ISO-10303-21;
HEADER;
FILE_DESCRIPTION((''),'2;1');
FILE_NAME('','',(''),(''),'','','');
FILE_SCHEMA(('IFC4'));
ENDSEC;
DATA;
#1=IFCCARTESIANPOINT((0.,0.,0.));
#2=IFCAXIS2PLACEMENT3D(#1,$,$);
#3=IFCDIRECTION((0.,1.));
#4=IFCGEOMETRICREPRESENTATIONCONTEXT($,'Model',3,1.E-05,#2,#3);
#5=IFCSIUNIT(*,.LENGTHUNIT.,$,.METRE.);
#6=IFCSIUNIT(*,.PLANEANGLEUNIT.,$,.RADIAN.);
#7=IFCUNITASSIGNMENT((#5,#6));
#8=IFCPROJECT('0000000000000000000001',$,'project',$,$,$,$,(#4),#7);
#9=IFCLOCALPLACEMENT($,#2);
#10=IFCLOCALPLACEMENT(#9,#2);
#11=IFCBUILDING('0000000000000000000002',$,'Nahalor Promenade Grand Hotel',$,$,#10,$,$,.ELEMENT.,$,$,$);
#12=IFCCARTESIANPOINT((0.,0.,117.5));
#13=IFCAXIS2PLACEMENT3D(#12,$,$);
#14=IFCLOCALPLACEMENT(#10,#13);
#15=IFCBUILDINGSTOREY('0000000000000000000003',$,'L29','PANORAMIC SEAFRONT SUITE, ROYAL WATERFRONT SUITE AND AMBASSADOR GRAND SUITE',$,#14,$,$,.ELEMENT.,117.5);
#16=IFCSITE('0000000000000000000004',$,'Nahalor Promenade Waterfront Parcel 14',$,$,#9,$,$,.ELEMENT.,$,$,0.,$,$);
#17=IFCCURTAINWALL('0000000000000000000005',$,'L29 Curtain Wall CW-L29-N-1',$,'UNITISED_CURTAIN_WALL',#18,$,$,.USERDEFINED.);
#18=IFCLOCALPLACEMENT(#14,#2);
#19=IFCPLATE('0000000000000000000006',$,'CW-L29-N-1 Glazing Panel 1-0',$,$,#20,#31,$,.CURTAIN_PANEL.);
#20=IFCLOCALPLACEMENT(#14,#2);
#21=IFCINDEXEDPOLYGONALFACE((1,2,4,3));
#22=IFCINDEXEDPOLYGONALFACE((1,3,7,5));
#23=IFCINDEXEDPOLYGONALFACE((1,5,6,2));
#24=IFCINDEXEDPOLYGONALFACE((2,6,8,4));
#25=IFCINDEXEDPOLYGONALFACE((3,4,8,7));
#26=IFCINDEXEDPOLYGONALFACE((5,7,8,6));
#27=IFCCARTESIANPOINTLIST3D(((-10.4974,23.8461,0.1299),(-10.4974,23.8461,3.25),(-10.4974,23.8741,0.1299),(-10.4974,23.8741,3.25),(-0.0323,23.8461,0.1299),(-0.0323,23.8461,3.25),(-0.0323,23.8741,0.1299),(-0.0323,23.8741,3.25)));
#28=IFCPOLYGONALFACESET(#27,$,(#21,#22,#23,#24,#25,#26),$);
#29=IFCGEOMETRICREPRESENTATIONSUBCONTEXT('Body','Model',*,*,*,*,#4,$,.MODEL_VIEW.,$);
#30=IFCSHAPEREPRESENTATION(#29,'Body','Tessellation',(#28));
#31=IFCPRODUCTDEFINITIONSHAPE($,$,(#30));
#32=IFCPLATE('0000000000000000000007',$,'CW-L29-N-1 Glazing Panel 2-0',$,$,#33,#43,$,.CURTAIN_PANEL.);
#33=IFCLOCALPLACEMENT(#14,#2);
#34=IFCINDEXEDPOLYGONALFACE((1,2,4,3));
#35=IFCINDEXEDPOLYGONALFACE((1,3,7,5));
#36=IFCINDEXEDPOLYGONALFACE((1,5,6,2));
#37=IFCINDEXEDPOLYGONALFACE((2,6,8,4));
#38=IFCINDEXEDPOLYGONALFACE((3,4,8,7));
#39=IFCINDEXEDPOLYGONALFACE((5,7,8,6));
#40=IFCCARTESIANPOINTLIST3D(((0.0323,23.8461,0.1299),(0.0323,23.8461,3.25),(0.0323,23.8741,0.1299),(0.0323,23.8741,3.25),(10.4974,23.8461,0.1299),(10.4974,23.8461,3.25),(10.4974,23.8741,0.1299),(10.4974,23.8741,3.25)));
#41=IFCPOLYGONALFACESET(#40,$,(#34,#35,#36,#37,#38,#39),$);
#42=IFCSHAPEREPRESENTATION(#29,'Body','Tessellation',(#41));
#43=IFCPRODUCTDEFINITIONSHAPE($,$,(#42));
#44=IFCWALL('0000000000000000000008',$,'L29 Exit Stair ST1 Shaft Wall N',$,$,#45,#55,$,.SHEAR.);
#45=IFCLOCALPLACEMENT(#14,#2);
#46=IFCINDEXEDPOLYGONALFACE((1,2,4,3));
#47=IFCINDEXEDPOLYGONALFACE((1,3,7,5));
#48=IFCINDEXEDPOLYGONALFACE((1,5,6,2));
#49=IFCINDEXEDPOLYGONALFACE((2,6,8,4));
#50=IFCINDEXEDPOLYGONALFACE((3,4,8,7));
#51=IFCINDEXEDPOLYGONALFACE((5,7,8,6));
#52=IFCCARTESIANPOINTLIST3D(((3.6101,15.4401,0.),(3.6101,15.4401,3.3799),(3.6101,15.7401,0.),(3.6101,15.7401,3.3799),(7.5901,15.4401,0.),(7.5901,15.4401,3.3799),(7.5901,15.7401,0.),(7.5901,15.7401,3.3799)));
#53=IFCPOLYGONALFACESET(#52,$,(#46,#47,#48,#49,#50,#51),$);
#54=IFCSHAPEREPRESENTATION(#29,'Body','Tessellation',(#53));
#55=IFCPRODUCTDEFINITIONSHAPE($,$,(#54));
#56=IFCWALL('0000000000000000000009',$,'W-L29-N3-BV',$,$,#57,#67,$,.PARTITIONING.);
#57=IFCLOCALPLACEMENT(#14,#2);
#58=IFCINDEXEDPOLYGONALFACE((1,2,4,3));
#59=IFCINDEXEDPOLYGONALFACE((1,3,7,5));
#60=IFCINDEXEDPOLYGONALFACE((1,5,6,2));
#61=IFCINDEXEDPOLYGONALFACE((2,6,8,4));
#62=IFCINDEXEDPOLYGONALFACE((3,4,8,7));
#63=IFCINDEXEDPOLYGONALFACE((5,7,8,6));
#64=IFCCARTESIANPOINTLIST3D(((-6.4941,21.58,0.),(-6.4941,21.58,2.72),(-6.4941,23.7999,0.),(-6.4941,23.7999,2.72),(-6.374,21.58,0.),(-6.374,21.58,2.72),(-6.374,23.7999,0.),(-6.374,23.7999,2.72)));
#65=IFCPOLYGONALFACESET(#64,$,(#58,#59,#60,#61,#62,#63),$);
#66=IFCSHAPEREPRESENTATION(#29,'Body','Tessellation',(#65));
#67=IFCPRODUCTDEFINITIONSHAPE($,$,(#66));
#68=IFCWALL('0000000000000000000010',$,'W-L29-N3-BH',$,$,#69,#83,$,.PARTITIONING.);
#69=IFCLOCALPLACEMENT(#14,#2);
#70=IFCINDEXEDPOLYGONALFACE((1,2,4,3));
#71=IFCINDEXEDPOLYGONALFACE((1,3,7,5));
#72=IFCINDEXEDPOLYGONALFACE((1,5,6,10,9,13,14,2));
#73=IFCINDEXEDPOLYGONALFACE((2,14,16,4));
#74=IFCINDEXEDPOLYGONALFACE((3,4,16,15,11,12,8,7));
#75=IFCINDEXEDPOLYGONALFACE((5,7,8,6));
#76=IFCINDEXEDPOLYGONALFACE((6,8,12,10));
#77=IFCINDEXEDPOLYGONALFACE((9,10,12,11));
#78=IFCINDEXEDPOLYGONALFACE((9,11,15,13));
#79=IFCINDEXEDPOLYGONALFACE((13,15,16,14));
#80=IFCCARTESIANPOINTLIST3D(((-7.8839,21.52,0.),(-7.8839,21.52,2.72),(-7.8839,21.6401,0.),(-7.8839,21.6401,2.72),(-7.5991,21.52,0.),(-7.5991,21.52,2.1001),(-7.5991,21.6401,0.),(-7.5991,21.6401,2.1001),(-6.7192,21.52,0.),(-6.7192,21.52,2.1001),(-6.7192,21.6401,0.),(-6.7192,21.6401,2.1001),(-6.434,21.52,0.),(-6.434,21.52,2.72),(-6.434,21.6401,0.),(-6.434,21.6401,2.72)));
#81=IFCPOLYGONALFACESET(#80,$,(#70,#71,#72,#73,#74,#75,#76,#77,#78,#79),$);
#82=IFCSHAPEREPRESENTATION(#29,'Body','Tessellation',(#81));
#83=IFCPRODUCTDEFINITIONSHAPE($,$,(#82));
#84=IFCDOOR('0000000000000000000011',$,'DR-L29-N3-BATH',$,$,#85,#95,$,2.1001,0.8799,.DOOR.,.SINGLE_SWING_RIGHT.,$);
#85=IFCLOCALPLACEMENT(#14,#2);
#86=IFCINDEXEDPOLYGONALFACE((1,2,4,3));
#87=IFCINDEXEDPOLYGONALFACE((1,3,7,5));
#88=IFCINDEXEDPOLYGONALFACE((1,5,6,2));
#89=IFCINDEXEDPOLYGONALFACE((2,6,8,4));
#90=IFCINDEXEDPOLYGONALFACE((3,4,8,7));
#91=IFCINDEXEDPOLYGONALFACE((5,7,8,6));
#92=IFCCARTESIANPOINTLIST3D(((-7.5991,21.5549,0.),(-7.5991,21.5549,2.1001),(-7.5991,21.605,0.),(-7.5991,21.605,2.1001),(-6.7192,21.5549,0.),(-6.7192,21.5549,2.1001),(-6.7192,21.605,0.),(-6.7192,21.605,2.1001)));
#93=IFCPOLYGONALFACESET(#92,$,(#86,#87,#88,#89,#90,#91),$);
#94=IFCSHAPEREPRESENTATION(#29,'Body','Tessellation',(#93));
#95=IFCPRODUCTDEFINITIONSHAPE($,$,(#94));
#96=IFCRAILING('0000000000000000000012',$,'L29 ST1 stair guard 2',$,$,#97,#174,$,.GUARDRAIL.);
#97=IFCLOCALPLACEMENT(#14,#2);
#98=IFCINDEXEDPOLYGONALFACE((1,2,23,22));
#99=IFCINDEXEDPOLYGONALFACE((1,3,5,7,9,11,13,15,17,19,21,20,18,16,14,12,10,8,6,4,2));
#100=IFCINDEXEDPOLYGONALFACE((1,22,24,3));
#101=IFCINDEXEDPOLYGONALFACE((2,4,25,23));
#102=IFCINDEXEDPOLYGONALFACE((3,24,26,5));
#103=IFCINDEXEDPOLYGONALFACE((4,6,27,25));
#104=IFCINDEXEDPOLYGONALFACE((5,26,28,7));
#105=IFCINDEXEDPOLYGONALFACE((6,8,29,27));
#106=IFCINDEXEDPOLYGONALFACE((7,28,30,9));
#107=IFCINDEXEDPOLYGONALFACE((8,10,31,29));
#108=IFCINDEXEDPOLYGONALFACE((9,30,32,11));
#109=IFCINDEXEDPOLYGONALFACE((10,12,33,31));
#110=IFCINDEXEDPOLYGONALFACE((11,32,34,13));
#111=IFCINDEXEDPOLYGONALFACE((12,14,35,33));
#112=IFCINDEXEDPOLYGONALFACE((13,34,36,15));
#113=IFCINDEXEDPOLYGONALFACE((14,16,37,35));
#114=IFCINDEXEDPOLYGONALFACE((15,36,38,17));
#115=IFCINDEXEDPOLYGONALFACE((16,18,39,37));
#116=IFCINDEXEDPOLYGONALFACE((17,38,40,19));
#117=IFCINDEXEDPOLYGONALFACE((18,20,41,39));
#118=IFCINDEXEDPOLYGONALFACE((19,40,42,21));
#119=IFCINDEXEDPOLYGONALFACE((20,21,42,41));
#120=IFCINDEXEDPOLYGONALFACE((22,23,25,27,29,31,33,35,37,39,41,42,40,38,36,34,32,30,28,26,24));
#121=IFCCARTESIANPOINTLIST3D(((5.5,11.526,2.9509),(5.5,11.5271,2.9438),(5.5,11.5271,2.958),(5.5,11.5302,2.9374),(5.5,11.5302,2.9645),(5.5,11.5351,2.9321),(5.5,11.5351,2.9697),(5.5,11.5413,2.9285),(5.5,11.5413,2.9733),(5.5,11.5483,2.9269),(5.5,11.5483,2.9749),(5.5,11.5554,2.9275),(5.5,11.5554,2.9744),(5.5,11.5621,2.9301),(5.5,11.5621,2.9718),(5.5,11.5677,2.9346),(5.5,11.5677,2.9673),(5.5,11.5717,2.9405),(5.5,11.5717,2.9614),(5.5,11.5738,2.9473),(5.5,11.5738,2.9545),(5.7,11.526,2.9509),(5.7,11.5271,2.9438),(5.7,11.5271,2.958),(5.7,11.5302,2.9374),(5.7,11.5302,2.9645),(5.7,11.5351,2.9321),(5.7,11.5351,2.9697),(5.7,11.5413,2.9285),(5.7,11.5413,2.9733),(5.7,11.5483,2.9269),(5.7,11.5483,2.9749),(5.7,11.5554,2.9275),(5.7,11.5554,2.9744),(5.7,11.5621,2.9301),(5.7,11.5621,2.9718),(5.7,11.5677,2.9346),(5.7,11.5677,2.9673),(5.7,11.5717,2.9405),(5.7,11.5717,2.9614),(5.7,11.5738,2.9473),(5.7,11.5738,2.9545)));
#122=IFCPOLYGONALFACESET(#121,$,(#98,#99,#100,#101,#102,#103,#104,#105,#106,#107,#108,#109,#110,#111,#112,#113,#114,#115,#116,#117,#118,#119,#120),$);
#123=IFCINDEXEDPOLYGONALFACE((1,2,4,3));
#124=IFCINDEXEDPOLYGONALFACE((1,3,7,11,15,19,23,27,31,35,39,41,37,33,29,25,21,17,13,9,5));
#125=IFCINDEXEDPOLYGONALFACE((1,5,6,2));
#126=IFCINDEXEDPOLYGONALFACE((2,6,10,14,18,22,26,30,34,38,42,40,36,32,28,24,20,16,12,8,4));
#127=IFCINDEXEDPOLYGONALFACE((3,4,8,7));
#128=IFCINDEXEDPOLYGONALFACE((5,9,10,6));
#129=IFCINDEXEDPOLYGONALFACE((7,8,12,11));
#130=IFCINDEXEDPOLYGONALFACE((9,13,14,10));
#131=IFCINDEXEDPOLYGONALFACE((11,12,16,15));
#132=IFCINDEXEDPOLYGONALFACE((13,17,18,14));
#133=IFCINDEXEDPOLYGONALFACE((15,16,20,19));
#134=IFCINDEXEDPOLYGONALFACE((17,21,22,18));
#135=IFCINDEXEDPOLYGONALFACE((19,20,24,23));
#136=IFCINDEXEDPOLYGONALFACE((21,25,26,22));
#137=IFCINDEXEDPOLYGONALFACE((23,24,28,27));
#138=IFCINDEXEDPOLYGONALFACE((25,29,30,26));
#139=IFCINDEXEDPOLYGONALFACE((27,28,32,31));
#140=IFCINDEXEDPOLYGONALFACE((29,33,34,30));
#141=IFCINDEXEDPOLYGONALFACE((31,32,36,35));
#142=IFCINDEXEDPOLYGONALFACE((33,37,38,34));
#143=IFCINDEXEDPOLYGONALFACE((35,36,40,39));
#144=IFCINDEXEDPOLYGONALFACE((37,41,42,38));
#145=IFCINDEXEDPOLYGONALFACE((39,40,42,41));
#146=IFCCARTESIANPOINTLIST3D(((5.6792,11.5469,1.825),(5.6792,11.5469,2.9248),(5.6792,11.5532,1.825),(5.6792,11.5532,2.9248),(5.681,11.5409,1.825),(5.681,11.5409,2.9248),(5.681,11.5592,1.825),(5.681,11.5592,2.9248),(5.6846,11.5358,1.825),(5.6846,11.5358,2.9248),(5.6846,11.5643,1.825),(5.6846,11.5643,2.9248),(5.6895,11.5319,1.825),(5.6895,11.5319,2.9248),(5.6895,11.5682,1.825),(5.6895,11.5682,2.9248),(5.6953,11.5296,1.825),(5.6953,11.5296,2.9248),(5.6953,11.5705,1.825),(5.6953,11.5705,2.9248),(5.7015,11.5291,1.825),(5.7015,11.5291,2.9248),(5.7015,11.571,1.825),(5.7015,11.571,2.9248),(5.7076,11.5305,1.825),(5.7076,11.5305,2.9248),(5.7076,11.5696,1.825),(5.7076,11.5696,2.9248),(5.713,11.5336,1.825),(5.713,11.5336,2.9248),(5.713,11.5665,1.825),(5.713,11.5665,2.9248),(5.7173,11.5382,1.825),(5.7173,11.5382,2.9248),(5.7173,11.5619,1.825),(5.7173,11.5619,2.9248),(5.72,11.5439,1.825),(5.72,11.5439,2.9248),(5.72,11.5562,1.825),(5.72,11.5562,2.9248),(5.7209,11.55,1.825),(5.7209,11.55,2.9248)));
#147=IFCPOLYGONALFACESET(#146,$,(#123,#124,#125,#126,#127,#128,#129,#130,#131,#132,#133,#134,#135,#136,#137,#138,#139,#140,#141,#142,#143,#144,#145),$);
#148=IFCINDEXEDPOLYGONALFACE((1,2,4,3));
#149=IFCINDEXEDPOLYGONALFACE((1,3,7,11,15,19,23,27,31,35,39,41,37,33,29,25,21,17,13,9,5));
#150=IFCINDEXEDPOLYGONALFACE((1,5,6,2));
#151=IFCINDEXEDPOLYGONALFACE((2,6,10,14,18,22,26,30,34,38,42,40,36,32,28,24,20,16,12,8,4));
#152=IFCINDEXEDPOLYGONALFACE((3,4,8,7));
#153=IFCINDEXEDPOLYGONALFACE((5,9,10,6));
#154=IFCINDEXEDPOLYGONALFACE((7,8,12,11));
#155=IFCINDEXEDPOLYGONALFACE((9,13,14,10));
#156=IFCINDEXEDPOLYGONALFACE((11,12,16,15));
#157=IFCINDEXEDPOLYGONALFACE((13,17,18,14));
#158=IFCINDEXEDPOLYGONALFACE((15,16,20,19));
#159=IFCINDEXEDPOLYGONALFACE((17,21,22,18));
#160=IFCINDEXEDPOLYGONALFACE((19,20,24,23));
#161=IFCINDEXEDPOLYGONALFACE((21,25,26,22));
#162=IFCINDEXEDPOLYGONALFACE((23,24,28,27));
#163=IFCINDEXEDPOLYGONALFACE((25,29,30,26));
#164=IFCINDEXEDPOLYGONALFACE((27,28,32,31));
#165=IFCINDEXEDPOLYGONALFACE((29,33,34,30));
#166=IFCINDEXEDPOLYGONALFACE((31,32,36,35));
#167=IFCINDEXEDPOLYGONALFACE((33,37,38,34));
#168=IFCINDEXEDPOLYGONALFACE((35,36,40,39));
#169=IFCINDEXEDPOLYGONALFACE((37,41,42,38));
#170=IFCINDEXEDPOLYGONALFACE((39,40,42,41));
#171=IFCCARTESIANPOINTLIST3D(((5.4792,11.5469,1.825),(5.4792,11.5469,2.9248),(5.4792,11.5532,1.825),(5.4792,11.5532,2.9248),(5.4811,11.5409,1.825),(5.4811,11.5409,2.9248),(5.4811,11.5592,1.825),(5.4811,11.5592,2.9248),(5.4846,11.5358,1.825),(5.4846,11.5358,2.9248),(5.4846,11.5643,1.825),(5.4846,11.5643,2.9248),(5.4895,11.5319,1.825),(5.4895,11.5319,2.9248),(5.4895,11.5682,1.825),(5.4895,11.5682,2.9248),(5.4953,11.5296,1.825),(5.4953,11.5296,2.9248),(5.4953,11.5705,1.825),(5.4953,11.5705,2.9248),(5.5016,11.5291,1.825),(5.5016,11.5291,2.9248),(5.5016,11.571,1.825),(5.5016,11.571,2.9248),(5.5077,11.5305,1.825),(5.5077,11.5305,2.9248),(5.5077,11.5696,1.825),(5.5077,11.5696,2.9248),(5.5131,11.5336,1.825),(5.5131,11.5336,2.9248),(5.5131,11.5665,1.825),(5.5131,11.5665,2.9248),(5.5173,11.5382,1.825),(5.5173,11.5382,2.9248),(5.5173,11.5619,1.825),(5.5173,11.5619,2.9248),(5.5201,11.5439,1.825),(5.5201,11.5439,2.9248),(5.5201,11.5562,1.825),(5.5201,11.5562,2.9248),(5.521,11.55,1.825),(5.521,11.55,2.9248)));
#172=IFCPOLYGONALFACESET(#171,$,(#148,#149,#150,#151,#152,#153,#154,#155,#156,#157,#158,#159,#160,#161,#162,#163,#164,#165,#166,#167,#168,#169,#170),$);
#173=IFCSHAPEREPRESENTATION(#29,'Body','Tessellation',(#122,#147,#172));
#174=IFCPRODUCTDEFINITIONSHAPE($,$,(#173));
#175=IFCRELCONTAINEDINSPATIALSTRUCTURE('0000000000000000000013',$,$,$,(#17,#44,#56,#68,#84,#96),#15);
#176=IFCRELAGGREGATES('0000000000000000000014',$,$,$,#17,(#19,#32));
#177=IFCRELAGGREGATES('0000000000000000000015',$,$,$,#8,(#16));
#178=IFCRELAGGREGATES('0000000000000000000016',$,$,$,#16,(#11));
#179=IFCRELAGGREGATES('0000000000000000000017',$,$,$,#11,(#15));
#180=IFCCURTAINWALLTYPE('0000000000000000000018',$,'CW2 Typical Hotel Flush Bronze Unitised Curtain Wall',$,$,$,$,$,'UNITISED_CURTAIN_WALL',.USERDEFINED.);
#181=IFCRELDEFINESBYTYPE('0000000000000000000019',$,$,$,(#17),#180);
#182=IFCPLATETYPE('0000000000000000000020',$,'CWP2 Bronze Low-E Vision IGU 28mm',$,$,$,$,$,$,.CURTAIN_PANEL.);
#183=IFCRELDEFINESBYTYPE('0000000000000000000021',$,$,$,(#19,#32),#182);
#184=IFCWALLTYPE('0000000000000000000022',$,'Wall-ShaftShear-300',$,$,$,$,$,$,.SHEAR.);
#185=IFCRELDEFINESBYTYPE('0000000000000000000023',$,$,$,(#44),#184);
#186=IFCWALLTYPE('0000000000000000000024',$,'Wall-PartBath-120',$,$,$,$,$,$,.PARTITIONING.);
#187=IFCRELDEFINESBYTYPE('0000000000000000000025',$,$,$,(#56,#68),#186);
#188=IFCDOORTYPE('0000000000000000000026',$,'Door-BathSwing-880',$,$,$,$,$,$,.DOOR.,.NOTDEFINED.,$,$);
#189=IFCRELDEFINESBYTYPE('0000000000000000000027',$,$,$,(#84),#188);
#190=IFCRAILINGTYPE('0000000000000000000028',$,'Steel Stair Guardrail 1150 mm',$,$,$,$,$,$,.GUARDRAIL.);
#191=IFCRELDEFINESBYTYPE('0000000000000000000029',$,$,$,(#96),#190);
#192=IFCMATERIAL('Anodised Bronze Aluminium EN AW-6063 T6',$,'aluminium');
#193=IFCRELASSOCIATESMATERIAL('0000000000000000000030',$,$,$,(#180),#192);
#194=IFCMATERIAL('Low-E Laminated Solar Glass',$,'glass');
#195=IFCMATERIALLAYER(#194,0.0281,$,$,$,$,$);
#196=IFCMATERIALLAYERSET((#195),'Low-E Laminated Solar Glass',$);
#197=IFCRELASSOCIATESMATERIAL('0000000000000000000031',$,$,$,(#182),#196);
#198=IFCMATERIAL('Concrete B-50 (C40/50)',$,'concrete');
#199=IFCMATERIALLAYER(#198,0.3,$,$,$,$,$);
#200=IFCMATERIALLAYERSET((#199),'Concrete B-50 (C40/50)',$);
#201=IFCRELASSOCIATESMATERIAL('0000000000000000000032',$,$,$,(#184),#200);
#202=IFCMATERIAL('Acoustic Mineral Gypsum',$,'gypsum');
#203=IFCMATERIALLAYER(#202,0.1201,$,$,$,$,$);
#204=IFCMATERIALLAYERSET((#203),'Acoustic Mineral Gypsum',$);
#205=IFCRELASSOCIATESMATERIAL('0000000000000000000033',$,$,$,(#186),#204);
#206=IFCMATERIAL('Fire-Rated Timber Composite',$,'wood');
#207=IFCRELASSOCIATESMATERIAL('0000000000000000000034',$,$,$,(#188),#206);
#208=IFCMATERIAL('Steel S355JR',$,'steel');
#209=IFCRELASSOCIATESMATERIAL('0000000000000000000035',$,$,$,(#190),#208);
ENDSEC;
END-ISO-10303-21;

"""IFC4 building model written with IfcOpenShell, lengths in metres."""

from ifc_helpers import new_model, si_unit, direction, frame, frame_2d, origin, origin_2d, place, context, subcontext, project, spatial, rectangle, circle, extrude, source, transform, mapped, material, layer, layer_set, type_object, element, fill, aggregate, save


model = new_model("IFC4")

# Units and contexts
model_context = context("Model", 3, precision=1e-05, world=origin(), true_north=direction((0.0, 1.0)))
body_context = subcontext(model_context, "Body", "Model", "MODEL_VIEW")
ifc_project = project(units=[si_unit("LENGTHUNIT", "METRE"), si_unit("PLANEANGLEUNIT", "RADIAN")], contexts=[model_context])

# Site, building, storey
site_placement = place(None, origin())
site = spatial("IfcSite", under=ifc_project, at=site_placement, Name="Nahalor Promenade Waterfront Parcel 14", CompositionType="ELEMENT", RefElevation=0.0)
building_placement = place(site_placement, origin())
building = spatial("IfcBuilding", under=site, at=building_placement, Name="Nahalor Promenade Grand Hotel", CompositionType="ELEMENT")
storey_placement = place(building_placement, frame((0.0, 0.0, 117.5)))
storey = spatial("IfcBuildingStorey", under=building, at=storey_placement, Name="L29", Description="PANORAMIC SEAFRONT SUITE, ROYAL WATERFRONT SUITE AND AMBASSADOR GRAND SUITE", CompositionType="ELEMENT", Elevation=117.5)

# Shared definitions
ifc_material_1 = material(Name="Steel S355JR", Category="steel")

# Curtain wall, plates
ifc_material_2 = material(Name="Anodised Bronze Aluminium EN AW-6063 T6", Category="aluminium")
curtain_wall_type = type_object("IfcCurtainWallType", Name="CW2 Typical Hotel Flush Bronze Unitised Curtain Wall", ElementType="UNITISED_CURTAIN_WALL", PredefinedType="USERDEFINED", material=ifc_material_2)
curtain_wall_placement = place(storey_placement, origin())
curtain_wall = element("IfcCurtainWall", 1, at=curtain_wall_placement, inside=storey, type_object=curtain_wall_type, Name="L29 Curtain Wall CW-L29-N-1", ObjectType="UNITISED_CURTAIN_WALL", PredefinedType="USERDEFINED")
ifc_material_3 = material(Name="Low-E Laminated Solar Glass", Category="glass")
ifc_layer_1 = layer(ifc_material_3, 0.0281)
ifc_layer_set_1 = layer_set([ifc_layer_1], Name="Low-E Laminated Solar Glass")
plate_type = type_object("IfcPlateType", Name="CWP2 Bronze Low-E Vision IGU 28mm", PredefinedType="CURTAIN_PANEL", material=ifc_layer_set_1)
shared_shape_1 = source(origin(), body_context, "Body", "SweptSolid", [
    extrude(rectangle(XDim=10.4651, YDim=0.0281, at=origin_2d()), origin(), (0.0, 0.0, 1.0), 3.1201),
])
plate_1_placement = place(storey_placement, frame((-5.2649, 23.8601, 0.1299), z_axis=(0.0, 0.0, 1.0), x_axis=(1.0, 0.0, 0.0)))
plate_1 = element("IfcPlate", 2, at=plate_1_placement, type_object=plate_type, Name="CW-L29-N-1 Glazing Panel 1-0", PredefinedType="CURTAIN_PANEL", context=body_context, shape_type="MappedRepresentation", body=[
    mapped(shared_shape_1, transform((0.0, 0.0, 0.0), scale=1.0)),
])
plate_2_placement = place(storey_placement, frame((5.2649, 23.8601, 0.1299), z_axis=(0.0, 0.0, 1.0), x_axis=(1.0, 0.0, 0.0)))
plate_2 = element("IfcPlate", 3, at=plate_2_placement, type_object=plate_type, Name="CW-L29-N-1 Glazing Panel 2-0", PredefinedType="CURTAIN_PANEL", context=body_context, shape_type="MappedRepresentation", body=[
    mapped(shared_shape_1, transform((0.0, 0.0, 0.0), scale=1.0)),
])
aggregate(curtain_wall, [plate_1, plate_2])

# Walls
ifc_material_4 = material(Name="Concrete B-50 (C40/50)", Category="concrete")
ifc_layer_2 = layer(ifc_material_4, 0.3)
ifc_layer_set_2 = layer_set([ifc_layer_2], Name="Concrete B-50 (C40/50)")
wall_type_1 = type_object("IfcWallType", Name="Wall-ShaftShear-300", PredefinedType="SHEAR", material=ifc_layer_set_2)
shared_shape_2 = source(origin(), body_context, "Body", "SweptSolid", [
    extrude(rectangle(XDim=3.98, YDim=0.3, at=frame_2d((1.99, 0.0))), origin(), (0.0, 0.0, 1.0), 3.3799),
])
wall_1_placement = place(storey_placement, frame((3.6101, 15.5901, 0.0), z_axis=(0.0, 0.0, 1.0), x_axis=(1.0, 0.0, 0.0)))
element("IfcWall", 4, at=wall_1_placement, inside=storey, type_object=wall_type_1, Name="L29 Exit Stair ST1 Shaft Wall N", PredefinedType="SHEAR", context=body_context, shape_type="MappedRepresentation", body=[
    mapped(shared_shape_2, transform((0.0, 0.0, 0.0), scale=1.0)),
])
ifc_material_5 = material(Name="Acoustic Mineral Gypsum", Category="gypsum")
ifc_layer_3 = layer(ifc_material_5, 0.1201)
ifc_layer_set_3 = layer_set([ifc_layer_3], Name="Acoustic Mineral Gypsum")
wall_type_2 = type_object("IfcWallType", Name="Wall-PartBath-120", PredefinedType="PARTITIONING", material=ifc_layer_set_3)
shared_shape_3 = source(origin(), body_context, "Body", "SweptSolid", [
    extrude(rectangle(XDim=2.22, YDim=0.1201, at=frame_2d((1.1099, 0.0))), origin(), (0.0, 0.0, 1.0), 2.72),
])
wall_2_placement = place(storey_placement, frame((-6.4341, 21.5801, 0.0), z_axis=(0.0, 0.0, 1.0), x_axis=(0.0, 1.0, 0.0)))
element("IfcWall", 5, at=wall_2_placement, inside=storey, type_object=wall_type_2, Name="W-L29-N3-BV", PredefinedType="PARTITIONING", context=body_context, shape_type="MappedRepresentation", body=[
    mapped(shared_shape_3, transform((0.0, 0.0, 0.0), scale=1.0)),
])

# Wall, opening, door
shared_shape_4 = source(origin(), body_context, "Body", "SweptSolid", [
    extrude(rectangle(XDim=1.45, YDim=0.1201, at=frame_2d((0.7251, 0.0))), origin(), (0.0, 0.0, 1.0), 2.72),
])
wall_3_placement = place(storey_placement, frame((-7.884, 21.5801, 0.0), z_axis=(0.0, 0.0, 1.0), x_axis=(1.0, 0.0, 0.0)))
wall_3 = element("IfcWall", 6, at=wall_3_placement, inside=storey, type_object=wall_type_2, Name="W-L29-N3-BH", PredefinedType="PARTITIONING", context=body_context, shape_type="MappedRepresentation", body=[
    mapped(shared_shape_4, transform((0.0, 0.0, 0.0), scale=1.0)),
])
opening_placement = place(wall_3_placement, frame((0.2849, 0.0, 0.0)))
opening = element("IfcOpeningElement", 7, at=opening_placement, cuts=wall_3, PredefinedType="OPENING", context=body_context, shape_type="SweptSolid", body=[
    extrude(rectangle(XDim=0.8799, YDim=2.1001, at=frame_2d((0.4399, 1.05))), frame((0.0, 0.0701, 0.0), z_axis=(0.0, -1.0, 0.0), x_axis=(1.0, 0.0, 0.0)), (0.0, 0.0, 1.0), 0.1401),
])
ifc_material_6 = material(Name="Fire-Rated Timber Composite", Category="wood")
door_type = type_object("IfcDoorType", Name="Door-BathSwing-880", OperationType="NOTDEFINED", PredefinedType="DOOR", material=ifc_material_6)
shared_shape_5 = source(origin(), body_context, "Body", "SweptSolid", [
    extrude(rectangle(XDim=0.8799, YDim=2.1001, at=frame_2d((0.4399, 1.05))), frame((0.0, 0.0249, 0.0), z_axis=(0.0, -1.0, 0.0), x_axis=(1.0, 0.0, 0.0)), (0.0, 0.0, 1.0), 0.05),
])
door_placement = place(opening_placement, origin())
door = element("IfcDoor", 8, at=door_placement, inside=storey, type_object=door_type, Name="DR-L29-N3-BATH", OperationType="SINGLE_SWING_RIGHT", OverallHeight=2.1001, OverallWidth=0.8799, PredefinedType="DOOR", context=body_context, shape_type="MappedRepresentation", body=[
    mapped(shared_shape_5, transform((0.0, 0.0, 0.0), scale=1.0)),
])
fill(opening, door)

# Railing
railing_type = type_object("IfcRailingType", Name="Steel Stair Guardrail 1150 mm", PredefinedType="GUARDRAIL", material=ifc_material_1)
railing_1_placement = place(storey_placement, frame((5.7, 11.55, 1.825)))
element("IfcRailing", 9, at=railing_1_placement, inside=storey, type_object=railing_type, Name="L29 ST1 stair guard 2", PredefinedType="GUARDRAIL", context=body_context, shape_type="SweptSolid", body=[
    extrude(circle(Radius=0.024, at=origin_2d()), frame((0.0, 0.0, 1.126), z_axis=(-1.0, 0.0, 0.0), x_axis=(0.0, -1.0, 0.0)), (0.0, 0.0, 1.0), 0.2),
    extrude(circle(Radius=0.021, at=origin_2d()), origin(), (0.0, 0.0, 1.0), 1.0999),
    extrude(circle(Radius=0.021, at=origin_2d()), frame((-0.2, 0.0, 0.0)), (0.0, 0.0, 1.0), 1.0999),
])

save(model, "model.ifc")
